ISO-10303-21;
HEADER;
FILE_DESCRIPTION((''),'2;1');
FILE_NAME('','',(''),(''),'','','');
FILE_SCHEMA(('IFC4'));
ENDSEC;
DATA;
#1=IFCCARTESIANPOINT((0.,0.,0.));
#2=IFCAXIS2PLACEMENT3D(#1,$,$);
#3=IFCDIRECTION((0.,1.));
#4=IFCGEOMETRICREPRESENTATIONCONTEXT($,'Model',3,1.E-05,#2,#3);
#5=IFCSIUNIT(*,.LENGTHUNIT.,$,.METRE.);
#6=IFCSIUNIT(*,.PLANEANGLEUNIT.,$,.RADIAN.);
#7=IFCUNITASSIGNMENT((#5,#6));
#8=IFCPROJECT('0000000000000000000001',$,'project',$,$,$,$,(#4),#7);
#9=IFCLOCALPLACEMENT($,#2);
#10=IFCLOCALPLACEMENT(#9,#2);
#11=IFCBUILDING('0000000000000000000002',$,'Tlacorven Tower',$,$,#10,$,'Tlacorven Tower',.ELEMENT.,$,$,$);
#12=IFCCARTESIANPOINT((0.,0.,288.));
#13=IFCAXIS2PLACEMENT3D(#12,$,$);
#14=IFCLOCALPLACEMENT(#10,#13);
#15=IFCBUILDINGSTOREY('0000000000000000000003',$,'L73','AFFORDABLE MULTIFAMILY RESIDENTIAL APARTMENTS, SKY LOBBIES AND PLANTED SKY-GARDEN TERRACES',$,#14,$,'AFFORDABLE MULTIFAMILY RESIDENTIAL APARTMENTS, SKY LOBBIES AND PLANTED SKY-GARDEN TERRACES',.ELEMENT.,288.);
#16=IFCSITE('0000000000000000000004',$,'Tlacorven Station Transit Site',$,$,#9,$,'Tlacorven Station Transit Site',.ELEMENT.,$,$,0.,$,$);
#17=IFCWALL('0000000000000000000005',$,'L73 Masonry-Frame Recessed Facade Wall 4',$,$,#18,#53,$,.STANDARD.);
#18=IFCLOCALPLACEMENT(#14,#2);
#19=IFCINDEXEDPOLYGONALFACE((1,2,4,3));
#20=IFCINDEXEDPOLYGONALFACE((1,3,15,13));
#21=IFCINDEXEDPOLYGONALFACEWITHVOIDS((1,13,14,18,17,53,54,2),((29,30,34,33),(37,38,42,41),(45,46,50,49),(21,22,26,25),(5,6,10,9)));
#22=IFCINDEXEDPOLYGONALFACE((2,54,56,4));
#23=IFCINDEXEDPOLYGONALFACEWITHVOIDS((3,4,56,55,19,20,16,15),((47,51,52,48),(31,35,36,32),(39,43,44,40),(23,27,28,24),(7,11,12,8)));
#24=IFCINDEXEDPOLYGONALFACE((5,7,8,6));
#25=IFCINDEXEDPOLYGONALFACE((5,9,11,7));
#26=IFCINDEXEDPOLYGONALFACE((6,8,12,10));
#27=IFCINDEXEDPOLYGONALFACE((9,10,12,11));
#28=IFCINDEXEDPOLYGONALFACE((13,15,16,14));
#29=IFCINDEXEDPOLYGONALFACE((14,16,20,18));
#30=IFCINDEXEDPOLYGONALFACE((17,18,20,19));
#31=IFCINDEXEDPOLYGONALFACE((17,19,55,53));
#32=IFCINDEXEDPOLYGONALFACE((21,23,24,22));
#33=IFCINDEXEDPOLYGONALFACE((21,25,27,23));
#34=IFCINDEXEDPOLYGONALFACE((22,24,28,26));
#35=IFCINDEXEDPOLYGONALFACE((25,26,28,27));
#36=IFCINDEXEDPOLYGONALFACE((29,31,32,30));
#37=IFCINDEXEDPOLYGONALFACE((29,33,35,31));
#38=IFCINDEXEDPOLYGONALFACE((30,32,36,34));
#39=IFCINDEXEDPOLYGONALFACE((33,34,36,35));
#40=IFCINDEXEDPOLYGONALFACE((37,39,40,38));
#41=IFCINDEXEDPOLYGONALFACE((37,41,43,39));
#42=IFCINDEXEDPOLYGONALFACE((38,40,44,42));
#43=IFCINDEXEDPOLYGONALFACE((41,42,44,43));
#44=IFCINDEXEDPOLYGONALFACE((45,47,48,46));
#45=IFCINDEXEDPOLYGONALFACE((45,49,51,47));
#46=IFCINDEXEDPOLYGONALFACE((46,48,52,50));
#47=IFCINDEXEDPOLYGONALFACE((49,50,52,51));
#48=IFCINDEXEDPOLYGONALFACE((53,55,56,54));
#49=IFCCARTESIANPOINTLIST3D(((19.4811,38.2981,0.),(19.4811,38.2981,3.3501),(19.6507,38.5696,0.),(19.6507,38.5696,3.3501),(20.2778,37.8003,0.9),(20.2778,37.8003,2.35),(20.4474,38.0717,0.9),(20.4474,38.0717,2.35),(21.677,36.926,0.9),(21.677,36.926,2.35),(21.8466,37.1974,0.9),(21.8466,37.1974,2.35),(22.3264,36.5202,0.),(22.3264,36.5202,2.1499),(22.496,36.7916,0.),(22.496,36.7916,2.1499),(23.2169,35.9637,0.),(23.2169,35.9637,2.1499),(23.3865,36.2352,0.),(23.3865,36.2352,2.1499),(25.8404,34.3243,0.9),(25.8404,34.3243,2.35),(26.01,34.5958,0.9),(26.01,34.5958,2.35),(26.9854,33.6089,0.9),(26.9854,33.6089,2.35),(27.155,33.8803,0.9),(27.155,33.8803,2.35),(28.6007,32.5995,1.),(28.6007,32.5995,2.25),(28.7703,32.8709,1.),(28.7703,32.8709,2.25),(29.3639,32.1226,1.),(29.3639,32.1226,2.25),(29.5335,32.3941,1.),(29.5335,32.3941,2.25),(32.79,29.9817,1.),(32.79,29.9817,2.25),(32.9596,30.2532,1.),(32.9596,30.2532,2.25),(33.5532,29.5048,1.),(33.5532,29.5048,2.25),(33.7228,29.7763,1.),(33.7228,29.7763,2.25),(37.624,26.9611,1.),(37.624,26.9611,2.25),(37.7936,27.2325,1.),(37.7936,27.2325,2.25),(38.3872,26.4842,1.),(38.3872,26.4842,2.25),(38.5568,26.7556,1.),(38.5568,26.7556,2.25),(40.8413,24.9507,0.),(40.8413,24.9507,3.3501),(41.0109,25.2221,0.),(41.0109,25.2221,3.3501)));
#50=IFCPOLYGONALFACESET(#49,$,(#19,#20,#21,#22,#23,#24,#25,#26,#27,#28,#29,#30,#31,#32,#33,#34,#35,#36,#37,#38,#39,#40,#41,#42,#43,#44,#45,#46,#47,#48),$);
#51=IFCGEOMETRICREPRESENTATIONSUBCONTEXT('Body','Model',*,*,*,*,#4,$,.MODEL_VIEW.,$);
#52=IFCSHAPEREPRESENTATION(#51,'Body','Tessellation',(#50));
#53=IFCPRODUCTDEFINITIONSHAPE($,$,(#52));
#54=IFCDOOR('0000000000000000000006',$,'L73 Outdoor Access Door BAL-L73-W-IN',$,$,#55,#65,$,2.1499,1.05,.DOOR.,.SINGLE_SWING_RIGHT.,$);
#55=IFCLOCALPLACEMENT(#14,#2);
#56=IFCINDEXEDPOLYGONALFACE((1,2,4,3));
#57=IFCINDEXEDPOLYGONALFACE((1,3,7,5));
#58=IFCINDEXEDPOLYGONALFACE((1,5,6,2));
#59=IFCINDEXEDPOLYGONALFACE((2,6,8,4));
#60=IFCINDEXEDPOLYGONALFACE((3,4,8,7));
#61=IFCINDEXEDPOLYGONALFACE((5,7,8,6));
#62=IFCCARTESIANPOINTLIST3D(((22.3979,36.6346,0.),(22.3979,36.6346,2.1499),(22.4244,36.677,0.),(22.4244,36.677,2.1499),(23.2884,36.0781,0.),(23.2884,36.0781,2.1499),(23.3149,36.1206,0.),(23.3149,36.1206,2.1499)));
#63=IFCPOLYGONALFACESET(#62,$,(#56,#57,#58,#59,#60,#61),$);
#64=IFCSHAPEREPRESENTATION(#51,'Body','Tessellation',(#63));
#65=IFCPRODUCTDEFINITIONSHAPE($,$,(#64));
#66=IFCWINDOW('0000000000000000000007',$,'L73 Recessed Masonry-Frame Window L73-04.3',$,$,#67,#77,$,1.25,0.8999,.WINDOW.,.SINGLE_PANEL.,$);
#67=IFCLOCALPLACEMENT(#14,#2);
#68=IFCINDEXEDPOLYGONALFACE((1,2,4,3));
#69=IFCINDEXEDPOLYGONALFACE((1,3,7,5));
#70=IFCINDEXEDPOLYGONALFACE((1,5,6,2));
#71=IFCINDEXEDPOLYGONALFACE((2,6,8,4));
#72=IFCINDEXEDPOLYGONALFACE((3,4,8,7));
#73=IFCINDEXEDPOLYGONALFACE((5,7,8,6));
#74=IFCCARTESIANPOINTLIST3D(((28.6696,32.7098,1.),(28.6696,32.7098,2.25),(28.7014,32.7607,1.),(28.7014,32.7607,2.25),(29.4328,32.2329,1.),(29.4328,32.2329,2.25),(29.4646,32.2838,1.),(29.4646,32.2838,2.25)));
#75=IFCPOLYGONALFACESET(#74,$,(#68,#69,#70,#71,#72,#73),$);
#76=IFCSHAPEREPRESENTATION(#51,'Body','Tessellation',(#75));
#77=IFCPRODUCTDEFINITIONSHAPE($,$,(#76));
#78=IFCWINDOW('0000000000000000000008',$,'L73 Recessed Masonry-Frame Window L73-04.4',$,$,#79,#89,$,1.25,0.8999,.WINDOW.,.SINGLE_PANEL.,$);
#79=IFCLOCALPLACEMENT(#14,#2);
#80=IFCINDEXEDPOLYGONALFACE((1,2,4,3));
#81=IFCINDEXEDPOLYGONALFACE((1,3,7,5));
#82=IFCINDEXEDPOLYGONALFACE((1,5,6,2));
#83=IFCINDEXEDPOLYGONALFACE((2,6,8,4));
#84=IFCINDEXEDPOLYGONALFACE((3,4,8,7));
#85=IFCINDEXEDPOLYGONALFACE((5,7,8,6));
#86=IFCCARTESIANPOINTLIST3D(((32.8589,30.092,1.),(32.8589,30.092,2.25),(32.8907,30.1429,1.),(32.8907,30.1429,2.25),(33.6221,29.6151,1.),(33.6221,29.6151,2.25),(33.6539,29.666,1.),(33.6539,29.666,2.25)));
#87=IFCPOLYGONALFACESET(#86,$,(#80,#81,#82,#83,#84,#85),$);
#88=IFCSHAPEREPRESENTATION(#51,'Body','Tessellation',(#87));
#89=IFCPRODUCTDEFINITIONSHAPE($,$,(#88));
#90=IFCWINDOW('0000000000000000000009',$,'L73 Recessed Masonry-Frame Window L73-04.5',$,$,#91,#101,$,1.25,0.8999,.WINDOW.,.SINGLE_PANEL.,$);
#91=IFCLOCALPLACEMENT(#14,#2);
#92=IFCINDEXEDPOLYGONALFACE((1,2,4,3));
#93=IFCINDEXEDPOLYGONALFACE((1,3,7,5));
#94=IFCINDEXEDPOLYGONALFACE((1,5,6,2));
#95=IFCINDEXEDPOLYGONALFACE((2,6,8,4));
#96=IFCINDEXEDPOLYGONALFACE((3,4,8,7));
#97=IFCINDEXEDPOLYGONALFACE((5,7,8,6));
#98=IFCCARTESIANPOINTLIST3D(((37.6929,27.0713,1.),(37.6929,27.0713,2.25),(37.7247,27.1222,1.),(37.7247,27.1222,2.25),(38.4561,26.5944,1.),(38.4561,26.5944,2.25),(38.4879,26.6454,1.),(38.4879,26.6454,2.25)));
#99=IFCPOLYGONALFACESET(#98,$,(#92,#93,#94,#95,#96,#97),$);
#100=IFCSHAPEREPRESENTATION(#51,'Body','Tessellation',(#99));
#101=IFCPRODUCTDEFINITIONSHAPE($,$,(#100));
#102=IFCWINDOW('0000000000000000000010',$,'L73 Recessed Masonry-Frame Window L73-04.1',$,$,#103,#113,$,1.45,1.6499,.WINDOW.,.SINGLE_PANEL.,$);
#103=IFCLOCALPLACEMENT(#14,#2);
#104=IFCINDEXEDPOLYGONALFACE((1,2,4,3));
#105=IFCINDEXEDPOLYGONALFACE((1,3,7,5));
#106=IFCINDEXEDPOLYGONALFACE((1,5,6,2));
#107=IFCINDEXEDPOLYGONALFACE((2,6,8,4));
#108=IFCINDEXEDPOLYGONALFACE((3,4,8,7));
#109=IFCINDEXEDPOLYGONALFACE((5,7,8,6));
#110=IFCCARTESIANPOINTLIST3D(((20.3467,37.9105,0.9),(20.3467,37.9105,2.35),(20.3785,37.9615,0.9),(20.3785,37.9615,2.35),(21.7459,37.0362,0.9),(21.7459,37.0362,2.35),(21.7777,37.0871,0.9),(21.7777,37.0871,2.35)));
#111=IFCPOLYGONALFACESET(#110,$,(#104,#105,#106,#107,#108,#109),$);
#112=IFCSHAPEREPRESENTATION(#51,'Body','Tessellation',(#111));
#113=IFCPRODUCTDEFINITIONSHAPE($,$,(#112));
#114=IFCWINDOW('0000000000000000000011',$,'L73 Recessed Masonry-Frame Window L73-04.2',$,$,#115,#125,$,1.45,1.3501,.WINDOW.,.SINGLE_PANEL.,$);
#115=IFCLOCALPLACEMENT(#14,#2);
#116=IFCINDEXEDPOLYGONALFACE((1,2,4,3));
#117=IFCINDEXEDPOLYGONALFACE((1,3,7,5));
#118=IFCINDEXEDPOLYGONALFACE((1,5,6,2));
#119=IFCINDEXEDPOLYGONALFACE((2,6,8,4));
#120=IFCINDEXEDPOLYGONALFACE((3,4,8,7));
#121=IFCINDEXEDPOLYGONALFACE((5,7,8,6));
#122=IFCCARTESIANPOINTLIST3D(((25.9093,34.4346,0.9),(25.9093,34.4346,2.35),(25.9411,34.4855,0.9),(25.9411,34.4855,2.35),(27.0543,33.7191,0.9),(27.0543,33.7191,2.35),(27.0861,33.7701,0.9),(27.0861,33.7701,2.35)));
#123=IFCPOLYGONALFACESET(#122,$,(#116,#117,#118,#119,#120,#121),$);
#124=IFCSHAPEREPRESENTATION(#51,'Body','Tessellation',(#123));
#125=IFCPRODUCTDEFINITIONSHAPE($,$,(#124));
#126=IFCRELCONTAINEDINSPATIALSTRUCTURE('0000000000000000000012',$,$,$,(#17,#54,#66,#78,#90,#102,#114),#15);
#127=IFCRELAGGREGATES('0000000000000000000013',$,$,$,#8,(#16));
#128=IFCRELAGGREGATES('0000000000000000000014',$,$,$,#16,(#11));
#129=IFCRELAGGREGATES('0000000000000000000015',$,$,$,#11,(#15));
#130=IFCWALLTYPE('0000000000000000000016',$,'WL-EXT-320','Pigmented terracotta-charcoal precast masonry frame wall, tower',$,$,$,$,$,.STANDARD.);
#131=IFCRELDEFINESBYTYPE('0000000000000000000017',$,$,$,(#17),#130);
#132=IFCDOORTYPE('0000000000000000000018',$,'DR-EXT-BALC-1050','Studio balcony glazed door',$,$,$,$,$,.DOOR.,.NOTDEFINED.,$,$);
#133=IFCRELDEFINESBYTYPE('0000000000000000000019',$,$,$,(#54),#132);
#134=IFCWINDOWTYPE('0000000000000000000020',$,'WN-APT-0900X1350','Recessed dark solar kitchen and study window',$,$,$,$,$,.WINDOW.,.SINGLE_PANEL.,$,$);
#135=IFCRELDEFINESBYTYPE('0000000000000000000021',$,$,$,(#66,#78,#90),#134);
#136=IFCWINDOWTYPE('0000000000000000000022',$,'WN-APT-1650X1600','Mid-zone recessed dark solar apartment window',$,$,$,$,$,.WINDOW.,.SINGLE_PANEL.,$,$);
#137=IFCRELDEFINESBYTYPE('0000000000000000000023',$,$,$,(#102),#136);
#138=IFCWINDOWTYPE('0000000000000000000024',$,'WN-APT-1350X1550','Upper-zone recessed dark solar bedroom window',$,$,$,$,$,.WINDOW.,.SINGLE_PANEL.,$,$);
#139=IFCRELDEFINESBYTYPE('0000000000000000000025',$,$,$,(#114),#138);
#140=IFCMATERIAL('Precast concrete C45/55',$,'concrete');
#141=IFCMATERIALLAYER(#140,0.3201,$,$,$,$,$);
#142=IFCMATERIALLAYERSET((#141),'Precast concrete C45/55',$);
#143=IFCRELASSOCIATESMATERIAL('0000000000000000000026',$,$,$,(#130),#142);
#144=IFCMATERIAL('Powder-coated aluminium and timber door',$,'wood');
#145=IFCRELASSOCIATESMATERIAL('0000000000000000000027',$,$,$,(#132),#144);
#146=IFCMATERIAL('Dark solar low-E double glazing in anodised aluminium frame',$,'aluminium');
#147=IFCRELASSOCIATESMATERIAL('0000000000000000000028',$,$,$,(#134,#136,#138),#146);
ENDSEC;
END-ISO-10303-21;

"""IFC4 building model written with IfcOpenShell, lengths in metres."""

from ifc_helpers import new_model, si_unit, direction, frame, frame_2d, origin, place, context, subcontext, project, spatial, rectangle, extrude, source, transform, mapped, material, layer, layer_set, type_object, element, fill, save


model = new_model("IFC4")

# Units and contexts
model_context = context("Model", 3, precision=1e-05, world=origin(), true_north=direction((0.0, 1.0)))
body_context = subcontext(model_context, "Body", "Model", "MODEL_VIEW")
ifc_project = project(units=[si_unit("LENGTHUNIT", "METRE"), si_unit("PLANEANGLEUNIT", "RADIAN")], contexts=[model_context])

# Site, building, storey
site_placement = place(None, origin())
site = spatial("IfcSite", under=ifc_project, at=site_placement, Name="Tlacorven Station Transit Site", LongName="Tlacorven Station Transit Site", CompositionType="ELEMENT", RefElevation=0.0)
building_placement = place(site_placement, origin())
building = spatial("IfcBuilding", under=site, at=building_placement, Name="Tlacorven Tower", LongName="Tlacorven Tower", CompositionType="ELEMENT")
storey_placement = place(building_placement, frame((0.0, 0.0, 288.0)))
storey = spatial("IfcBuildingStorey", under=building, at=storey_placement, Name="L73", Description="AFFORDABLE MULTIFAMILY RESIDENTIAL APARTMENTS, SKY LOBBIES AND PLANTED SKY-GARDEN TERRACES", LongName="AFFORDABLE MULTIFAMILY RESIDENTIAL APARTMENTS, SKY LOBBIES AND PLANTED SKY-GARDEN TERRACES", CompositionType="ELEMENT", Elevation=288.0)

# Wall, openings, door, windows
ifc_material_1 = material(Name="Precast concrete C45/55", Category="concrete")
ifc_layer_1 = layer(ifc_material_1, 0.3201)
ifc_layer_set_1 = layer_set([ifc_layer_1], Name="Precast concrete C45/55")
wall_type_1 = type_object("IfcWallType", Name="WL-EXT-320", Description="Pigmented terracotta-charcoal precast masonry frame wall, tower", PredefinedType="STANDARD", material=ifc_layer_set_1)
wall_1_placement = place(storey_placement, frame((19.5659, 38.4338, 0.0), z_axis=(0.0, 0.0, 1.0), x_axis=(0.848046, -0.529923, 0.0)))
wall_1 = element("IfcWall", 1, at=wall_1_placement, inside=storey, type_object=wall_type_1, Name="L73 Masonry-Frame Recessed Facade Wall 4", PredefinedType="STANDARD", context=body_context, shape_type="SweptSolid", body=[
    extrude(rectangle(XDim=25.1875, YDim=0.3201, at=frame_2d((12.5938, 0.0))), origin(), (0.0, 0.0, 1.0), 3.3501),
])
opening_1_placement = place(wall_1_placement, frame((3.3552, 0.0, 0.0)))
opening_1 = element("IfcOpeningElement", 2, at=opening_1_placement, cuts=wall_1, PredefinedType="OPENING", context=body_context, shape_type="SweptSolid", body=[
    extrude(rectangle(XDim=1.05, YDim=2.1499, at=frame_2d((0.5249, 1.075))), frame((0.0, 0.1699, 0.0), z_axis=(0.0, -1.0, 0.0), x_axis=(1.0, 0.0, 0.0)), (0.0, 0.0, 1.0), 0.3401),
])
opening_2_placement = place(wall_1_placement, frame((0.9395, 0.0, 0.8999)))
opening_2 = element("IfcOpeningElement", 3, at=opening_2_placement, cuts=wall_1, PredefinedType="OPENING", context=body_context, shape_type="SweptSolid", body=[
    extrude(rectangle(XDim=1.6499, YDim=1.45, at=frame_2d((0.825, 0.7251))), frame((0.0, 0.1699, 0.0), z_axis=(0.0, -1.0, 0.0), x_axis=(1.0, 0.0, 0.0)), (0.0, 0.0, 1.0), 0.3401),
])
opening_3_placement = place(wall_1_placement, frame((7.4988, 0.0, 0.8999)))
opening_3 = element("IfcOpeningElement", 4, at=opening_3_placement, cuts=wall_1, PredefinedType="OPENING", context=body_context, shape_type="SweptSolid", body=[
    extrude(rectangle(XDim=1.3501, YDim=1.45, at=frame_2d((0.675, 0.7251))), frame((0.0, 0.1699, 0.0), z_axis=(0.0, -1.0, 0.0), x_axis=(1.0, 0.0, 0.0)), (0.0, 0.0, 1.0), 0.3401),
])
opening_4_placement = place(wall_1_placement, frame((10.7537, 0.0, 1.0)))
opening_4 = element("IfcOpeningElement", 5, at=opening_4_placement, cuts=wall_1, PredefinedType="OPENING", context=body_context, shape_type="SweptSolid", body=[
    extrude(rectangle(XDim=0.8999, YDim=1.25, at=frame_2d((0.45, 0.625))), frame((0.0, 0.1699, 0.0), z_axis=(0.0, -1.0, 0.0), x_axis=(1.0, 0.0, 0.0)), (0.0, 0.0, 1.0), 0.3401),
])
opening_5_placement = place(wall_1_placement, frame((15.6936, 0.0, 1.0)))
opening_5 = element("IfcOpeningElement", 6, at=opening_5_placement, cuts=wall_1, PredefinedType="OPENING", context=body_context, shape_type="SweptSolid", body=[
    extrude(rectangle(XDim=0.8999, YDim=1.25, at=frame_2d((0.45, 0.625))), frame((0.0, 0.1699, 0.0), z_axis=(0.0, -1.0, 0.0), x_axis=(1.0, 0.0, 0.0)), (0.0, 0.0, 1.0), 0.3401),
])
opening_6_placement = place(wall_1_placement, frame((21.3938, 0.0, 1.0)))
opening_6 = element("IfcOpeningElement", 7, at=opening_6_placement, cuts=wall_1, PredefinedType="OPENING", context=body_context, shape_type="SweptSolid", body=[
    extrude(rectangle(XDim=0.8999, YDim=1.25, at=frame_2d((0.45, 0.625))), frame((0.0, 0.1699, 0.0), z_axis=(0.0, -1.0, 0.0), x_axis=(1.0, 0.0, 0.0)), (0.0, 0.0, 1.0), 0.3401),
])
ifc_material_2 = material(Name="Powder-coated aluminium and timber door", Category="wood")
door_type_1 = type_object("IfcDoorType", Name="DR-EXT-BALC-1050", Description="Studio balcony glazed door", OperationType="NOTDEFINED", PredefinedType="DOOR", material=ifc_material_2)
shared_shape_1 = source(origin(), body_context, "Body", "SweptSolid", [
    extrude(rectangle(XDim=1.05, YDim=2.1499, at=frame_2d((0.5249, 1.075))), frame((0.0, 0.0249, 0.0), z_axis=(0.0, -1.0, 0.0), x_axis=(1.0, 0.0, 0.0)), (0.0, 0.0, 1.0), 0.05),
])
door_1_placement = place(opening_1_placement, origin())
door_1 = element("IfcDoor", 8, at=door_1_placement, inside=storey, type_object=door_type_1, Name="L73 Outdoor Access Door BAL-L73-W-IN", OperationType="SINGLE_SWING_RIGHT", OverallHeight=2.1499, OverallWidth=1.05, PredefinedType="DOOR", context=body_context, shape_type="MappedRepresentation", body=[
    mapped(shared_shape_1, transform((0.0, 0.0, 0.0), scale=1.0)),
])
fill(opening_1, door_1)
ifc_material_3 = material(Name="Dark solar low-E double glazing in anodised aluminium frame", Category="aluminium")
window_type_1 = type_object("IfcWindowType", Name="WN-APT-0900X1350", Description="Recessed dark solar kitchen and study window", PartitioningType="SINGLE_PANEL", PredefinedType="WINDOW", material=ifc_material_3)
shared_shape_2 = source(origin(), body_context, "Body", "SweptSolid", [
    extrude(rectangle(XDim=0.8999, YDim=1.25, at=frame_2d((0.45, 0.625))), frame((0.0, 0.03, 0.0), z_axis=(0.0, -1.0, 0.0), x_axis=(1.0, 0.0, 0.0)), (0.0, 0.0, 1.0), 0.0601),
])
window_1_placement = place(opening_4_placement, origin())
window_1 = element("IfcWindow", 9, at=window_1_placement, inside=storey, type_object=window_type_1, Name="L73 Recessed Masonry-Frame Window L73-04.3", OverallHeight=1.25, OverallWidth=0.8999, PartitioningType="SINGLE_PANEL", PredefinedType="WINDOW", context=body_context, shape_type="MappedRepresentation", body=[
    mapped(shared_shape_2, transform((0.0, 0.0, 0.0), scale=1.0)),
])
fill(opening_4, window_1)
window_2_placement = place(opening_5_placement, origin())
window_2 = element("IfcWindow", 10, at=window_2_placement, inside=storey, type_object=window_type_1, Name="L73 Recessed Masonry-Frame Window L73-04.4", OverallHeight=1.25, OverallWidth=0.8999, PartitioningType="SINGLE_PANEL", PredefinedType="WINDOW", context=body_context, shape_type="MappedRepresentation", body=[
    mapped(shared_shape_2, transform((0.0, 0.0, 0.0), scale=1.0)),
])
fill(opening_5, window_2)
window_3_placement = place(opening_6_placement, origin())
window_3 = element("IfcWindow", 11, at=window_3_placement, inside=storey, type_object=window_type_1, Name="L73 Recessed Masonry-Frame Window L73-04.5", OverallHeight=1.25, OverallWidth=0.8999, PartitioningType="SINGLE_PANEL", PredefinedType="WINDOW", context=body_context, shape_type="MappedRepresentation", body=[
    mapped(shared_shape_2, transform((0.0, 0.0, 0.0), scale=1.0)),
])
fill(opening_6, window_3)
window_type_2 = type_object("IfcWindowType", Name="WN-APT-1650X1600", Description="Mid-zone recessed dark solar apartment window", PartitioningType="SINGLE_PANEL", PredefinedType="WINDOW", material=ifc_material_3)
shared_shape_3 = source(origin(), body_context, "Body", "SweptSolid", [
    extrude(rectangle(XDim=1.6499, YDim=1.45, at=frame_2d((0.825, 0.7251))), frame((0.0, 0.03, 0.0), z_axis=(0.0, -1.0, 0.0), x_axis=(1.0, 0.0, 0.0)), (0.0, 0.0, 1.0), 0.0601),
])
window_4_placement = place(opening_2_placement, origin())
window_4 = element("IfcWindow", 12, at=window_4_placement, inside=storey, type_object=window_type_2, Name="L73 Recessed Masonry-Frame Window L73-04.1", OverallHeight=1.45, OverallWidth=1.6499, PartitioningType="SINGLE_PANEL", PredefinedType="WINDOW", context=body_context, shape_type="MappedRepresentation", body=[
    mapped(shared_shape_3, transform((0.0, 0.0, 0.0), scale=1.0)),
])
fill(opening_2, window_4)
window_type_3 = type_object("IfcWindowType", Name="WN-APT-1350X1550", Description="Upper-zone recessed dark solar bedroom window", PartitioningType="SINGLE_PANEL", PredefinedType="WINDOW", material=ifc_material_3)
shared_shape_4 = source(origin(), body_context, "Body", "SweptSolid", [
    extrude(rectangle(XDim=1.3501, YDim=1.45, at=frame_2d((0.675, 0.7251))), frame((0.0, 0.03, 0.0), z_axis=(0.0, -1.0, 0.0), x_axis=(1.0, 0.0, 0.0)), (0.0, 0.0, 1.0), 0.0601),
])
window_5_placement = place(opening_3_placement, origin())
window_5 = element("IfcWindow", 13, at=window_5_placement, inside=storey, type_object=window_type_3, Name="L73 Recessed Masonry-Frame Window L73-04.2", OverallHeight=1.45, OverallWidth=1.3501, PartitioningType="SINGLE_PANEL", PredefinedType="WINDOW", context=body_context, shape_type="MappedRepresentation", body=[
    mapped(shared_shape_4, transform((0.0, 0.0, 0.0), scale=1.0)),
])
fill(opening_3, window_5)

save(model, "model.ifc")
